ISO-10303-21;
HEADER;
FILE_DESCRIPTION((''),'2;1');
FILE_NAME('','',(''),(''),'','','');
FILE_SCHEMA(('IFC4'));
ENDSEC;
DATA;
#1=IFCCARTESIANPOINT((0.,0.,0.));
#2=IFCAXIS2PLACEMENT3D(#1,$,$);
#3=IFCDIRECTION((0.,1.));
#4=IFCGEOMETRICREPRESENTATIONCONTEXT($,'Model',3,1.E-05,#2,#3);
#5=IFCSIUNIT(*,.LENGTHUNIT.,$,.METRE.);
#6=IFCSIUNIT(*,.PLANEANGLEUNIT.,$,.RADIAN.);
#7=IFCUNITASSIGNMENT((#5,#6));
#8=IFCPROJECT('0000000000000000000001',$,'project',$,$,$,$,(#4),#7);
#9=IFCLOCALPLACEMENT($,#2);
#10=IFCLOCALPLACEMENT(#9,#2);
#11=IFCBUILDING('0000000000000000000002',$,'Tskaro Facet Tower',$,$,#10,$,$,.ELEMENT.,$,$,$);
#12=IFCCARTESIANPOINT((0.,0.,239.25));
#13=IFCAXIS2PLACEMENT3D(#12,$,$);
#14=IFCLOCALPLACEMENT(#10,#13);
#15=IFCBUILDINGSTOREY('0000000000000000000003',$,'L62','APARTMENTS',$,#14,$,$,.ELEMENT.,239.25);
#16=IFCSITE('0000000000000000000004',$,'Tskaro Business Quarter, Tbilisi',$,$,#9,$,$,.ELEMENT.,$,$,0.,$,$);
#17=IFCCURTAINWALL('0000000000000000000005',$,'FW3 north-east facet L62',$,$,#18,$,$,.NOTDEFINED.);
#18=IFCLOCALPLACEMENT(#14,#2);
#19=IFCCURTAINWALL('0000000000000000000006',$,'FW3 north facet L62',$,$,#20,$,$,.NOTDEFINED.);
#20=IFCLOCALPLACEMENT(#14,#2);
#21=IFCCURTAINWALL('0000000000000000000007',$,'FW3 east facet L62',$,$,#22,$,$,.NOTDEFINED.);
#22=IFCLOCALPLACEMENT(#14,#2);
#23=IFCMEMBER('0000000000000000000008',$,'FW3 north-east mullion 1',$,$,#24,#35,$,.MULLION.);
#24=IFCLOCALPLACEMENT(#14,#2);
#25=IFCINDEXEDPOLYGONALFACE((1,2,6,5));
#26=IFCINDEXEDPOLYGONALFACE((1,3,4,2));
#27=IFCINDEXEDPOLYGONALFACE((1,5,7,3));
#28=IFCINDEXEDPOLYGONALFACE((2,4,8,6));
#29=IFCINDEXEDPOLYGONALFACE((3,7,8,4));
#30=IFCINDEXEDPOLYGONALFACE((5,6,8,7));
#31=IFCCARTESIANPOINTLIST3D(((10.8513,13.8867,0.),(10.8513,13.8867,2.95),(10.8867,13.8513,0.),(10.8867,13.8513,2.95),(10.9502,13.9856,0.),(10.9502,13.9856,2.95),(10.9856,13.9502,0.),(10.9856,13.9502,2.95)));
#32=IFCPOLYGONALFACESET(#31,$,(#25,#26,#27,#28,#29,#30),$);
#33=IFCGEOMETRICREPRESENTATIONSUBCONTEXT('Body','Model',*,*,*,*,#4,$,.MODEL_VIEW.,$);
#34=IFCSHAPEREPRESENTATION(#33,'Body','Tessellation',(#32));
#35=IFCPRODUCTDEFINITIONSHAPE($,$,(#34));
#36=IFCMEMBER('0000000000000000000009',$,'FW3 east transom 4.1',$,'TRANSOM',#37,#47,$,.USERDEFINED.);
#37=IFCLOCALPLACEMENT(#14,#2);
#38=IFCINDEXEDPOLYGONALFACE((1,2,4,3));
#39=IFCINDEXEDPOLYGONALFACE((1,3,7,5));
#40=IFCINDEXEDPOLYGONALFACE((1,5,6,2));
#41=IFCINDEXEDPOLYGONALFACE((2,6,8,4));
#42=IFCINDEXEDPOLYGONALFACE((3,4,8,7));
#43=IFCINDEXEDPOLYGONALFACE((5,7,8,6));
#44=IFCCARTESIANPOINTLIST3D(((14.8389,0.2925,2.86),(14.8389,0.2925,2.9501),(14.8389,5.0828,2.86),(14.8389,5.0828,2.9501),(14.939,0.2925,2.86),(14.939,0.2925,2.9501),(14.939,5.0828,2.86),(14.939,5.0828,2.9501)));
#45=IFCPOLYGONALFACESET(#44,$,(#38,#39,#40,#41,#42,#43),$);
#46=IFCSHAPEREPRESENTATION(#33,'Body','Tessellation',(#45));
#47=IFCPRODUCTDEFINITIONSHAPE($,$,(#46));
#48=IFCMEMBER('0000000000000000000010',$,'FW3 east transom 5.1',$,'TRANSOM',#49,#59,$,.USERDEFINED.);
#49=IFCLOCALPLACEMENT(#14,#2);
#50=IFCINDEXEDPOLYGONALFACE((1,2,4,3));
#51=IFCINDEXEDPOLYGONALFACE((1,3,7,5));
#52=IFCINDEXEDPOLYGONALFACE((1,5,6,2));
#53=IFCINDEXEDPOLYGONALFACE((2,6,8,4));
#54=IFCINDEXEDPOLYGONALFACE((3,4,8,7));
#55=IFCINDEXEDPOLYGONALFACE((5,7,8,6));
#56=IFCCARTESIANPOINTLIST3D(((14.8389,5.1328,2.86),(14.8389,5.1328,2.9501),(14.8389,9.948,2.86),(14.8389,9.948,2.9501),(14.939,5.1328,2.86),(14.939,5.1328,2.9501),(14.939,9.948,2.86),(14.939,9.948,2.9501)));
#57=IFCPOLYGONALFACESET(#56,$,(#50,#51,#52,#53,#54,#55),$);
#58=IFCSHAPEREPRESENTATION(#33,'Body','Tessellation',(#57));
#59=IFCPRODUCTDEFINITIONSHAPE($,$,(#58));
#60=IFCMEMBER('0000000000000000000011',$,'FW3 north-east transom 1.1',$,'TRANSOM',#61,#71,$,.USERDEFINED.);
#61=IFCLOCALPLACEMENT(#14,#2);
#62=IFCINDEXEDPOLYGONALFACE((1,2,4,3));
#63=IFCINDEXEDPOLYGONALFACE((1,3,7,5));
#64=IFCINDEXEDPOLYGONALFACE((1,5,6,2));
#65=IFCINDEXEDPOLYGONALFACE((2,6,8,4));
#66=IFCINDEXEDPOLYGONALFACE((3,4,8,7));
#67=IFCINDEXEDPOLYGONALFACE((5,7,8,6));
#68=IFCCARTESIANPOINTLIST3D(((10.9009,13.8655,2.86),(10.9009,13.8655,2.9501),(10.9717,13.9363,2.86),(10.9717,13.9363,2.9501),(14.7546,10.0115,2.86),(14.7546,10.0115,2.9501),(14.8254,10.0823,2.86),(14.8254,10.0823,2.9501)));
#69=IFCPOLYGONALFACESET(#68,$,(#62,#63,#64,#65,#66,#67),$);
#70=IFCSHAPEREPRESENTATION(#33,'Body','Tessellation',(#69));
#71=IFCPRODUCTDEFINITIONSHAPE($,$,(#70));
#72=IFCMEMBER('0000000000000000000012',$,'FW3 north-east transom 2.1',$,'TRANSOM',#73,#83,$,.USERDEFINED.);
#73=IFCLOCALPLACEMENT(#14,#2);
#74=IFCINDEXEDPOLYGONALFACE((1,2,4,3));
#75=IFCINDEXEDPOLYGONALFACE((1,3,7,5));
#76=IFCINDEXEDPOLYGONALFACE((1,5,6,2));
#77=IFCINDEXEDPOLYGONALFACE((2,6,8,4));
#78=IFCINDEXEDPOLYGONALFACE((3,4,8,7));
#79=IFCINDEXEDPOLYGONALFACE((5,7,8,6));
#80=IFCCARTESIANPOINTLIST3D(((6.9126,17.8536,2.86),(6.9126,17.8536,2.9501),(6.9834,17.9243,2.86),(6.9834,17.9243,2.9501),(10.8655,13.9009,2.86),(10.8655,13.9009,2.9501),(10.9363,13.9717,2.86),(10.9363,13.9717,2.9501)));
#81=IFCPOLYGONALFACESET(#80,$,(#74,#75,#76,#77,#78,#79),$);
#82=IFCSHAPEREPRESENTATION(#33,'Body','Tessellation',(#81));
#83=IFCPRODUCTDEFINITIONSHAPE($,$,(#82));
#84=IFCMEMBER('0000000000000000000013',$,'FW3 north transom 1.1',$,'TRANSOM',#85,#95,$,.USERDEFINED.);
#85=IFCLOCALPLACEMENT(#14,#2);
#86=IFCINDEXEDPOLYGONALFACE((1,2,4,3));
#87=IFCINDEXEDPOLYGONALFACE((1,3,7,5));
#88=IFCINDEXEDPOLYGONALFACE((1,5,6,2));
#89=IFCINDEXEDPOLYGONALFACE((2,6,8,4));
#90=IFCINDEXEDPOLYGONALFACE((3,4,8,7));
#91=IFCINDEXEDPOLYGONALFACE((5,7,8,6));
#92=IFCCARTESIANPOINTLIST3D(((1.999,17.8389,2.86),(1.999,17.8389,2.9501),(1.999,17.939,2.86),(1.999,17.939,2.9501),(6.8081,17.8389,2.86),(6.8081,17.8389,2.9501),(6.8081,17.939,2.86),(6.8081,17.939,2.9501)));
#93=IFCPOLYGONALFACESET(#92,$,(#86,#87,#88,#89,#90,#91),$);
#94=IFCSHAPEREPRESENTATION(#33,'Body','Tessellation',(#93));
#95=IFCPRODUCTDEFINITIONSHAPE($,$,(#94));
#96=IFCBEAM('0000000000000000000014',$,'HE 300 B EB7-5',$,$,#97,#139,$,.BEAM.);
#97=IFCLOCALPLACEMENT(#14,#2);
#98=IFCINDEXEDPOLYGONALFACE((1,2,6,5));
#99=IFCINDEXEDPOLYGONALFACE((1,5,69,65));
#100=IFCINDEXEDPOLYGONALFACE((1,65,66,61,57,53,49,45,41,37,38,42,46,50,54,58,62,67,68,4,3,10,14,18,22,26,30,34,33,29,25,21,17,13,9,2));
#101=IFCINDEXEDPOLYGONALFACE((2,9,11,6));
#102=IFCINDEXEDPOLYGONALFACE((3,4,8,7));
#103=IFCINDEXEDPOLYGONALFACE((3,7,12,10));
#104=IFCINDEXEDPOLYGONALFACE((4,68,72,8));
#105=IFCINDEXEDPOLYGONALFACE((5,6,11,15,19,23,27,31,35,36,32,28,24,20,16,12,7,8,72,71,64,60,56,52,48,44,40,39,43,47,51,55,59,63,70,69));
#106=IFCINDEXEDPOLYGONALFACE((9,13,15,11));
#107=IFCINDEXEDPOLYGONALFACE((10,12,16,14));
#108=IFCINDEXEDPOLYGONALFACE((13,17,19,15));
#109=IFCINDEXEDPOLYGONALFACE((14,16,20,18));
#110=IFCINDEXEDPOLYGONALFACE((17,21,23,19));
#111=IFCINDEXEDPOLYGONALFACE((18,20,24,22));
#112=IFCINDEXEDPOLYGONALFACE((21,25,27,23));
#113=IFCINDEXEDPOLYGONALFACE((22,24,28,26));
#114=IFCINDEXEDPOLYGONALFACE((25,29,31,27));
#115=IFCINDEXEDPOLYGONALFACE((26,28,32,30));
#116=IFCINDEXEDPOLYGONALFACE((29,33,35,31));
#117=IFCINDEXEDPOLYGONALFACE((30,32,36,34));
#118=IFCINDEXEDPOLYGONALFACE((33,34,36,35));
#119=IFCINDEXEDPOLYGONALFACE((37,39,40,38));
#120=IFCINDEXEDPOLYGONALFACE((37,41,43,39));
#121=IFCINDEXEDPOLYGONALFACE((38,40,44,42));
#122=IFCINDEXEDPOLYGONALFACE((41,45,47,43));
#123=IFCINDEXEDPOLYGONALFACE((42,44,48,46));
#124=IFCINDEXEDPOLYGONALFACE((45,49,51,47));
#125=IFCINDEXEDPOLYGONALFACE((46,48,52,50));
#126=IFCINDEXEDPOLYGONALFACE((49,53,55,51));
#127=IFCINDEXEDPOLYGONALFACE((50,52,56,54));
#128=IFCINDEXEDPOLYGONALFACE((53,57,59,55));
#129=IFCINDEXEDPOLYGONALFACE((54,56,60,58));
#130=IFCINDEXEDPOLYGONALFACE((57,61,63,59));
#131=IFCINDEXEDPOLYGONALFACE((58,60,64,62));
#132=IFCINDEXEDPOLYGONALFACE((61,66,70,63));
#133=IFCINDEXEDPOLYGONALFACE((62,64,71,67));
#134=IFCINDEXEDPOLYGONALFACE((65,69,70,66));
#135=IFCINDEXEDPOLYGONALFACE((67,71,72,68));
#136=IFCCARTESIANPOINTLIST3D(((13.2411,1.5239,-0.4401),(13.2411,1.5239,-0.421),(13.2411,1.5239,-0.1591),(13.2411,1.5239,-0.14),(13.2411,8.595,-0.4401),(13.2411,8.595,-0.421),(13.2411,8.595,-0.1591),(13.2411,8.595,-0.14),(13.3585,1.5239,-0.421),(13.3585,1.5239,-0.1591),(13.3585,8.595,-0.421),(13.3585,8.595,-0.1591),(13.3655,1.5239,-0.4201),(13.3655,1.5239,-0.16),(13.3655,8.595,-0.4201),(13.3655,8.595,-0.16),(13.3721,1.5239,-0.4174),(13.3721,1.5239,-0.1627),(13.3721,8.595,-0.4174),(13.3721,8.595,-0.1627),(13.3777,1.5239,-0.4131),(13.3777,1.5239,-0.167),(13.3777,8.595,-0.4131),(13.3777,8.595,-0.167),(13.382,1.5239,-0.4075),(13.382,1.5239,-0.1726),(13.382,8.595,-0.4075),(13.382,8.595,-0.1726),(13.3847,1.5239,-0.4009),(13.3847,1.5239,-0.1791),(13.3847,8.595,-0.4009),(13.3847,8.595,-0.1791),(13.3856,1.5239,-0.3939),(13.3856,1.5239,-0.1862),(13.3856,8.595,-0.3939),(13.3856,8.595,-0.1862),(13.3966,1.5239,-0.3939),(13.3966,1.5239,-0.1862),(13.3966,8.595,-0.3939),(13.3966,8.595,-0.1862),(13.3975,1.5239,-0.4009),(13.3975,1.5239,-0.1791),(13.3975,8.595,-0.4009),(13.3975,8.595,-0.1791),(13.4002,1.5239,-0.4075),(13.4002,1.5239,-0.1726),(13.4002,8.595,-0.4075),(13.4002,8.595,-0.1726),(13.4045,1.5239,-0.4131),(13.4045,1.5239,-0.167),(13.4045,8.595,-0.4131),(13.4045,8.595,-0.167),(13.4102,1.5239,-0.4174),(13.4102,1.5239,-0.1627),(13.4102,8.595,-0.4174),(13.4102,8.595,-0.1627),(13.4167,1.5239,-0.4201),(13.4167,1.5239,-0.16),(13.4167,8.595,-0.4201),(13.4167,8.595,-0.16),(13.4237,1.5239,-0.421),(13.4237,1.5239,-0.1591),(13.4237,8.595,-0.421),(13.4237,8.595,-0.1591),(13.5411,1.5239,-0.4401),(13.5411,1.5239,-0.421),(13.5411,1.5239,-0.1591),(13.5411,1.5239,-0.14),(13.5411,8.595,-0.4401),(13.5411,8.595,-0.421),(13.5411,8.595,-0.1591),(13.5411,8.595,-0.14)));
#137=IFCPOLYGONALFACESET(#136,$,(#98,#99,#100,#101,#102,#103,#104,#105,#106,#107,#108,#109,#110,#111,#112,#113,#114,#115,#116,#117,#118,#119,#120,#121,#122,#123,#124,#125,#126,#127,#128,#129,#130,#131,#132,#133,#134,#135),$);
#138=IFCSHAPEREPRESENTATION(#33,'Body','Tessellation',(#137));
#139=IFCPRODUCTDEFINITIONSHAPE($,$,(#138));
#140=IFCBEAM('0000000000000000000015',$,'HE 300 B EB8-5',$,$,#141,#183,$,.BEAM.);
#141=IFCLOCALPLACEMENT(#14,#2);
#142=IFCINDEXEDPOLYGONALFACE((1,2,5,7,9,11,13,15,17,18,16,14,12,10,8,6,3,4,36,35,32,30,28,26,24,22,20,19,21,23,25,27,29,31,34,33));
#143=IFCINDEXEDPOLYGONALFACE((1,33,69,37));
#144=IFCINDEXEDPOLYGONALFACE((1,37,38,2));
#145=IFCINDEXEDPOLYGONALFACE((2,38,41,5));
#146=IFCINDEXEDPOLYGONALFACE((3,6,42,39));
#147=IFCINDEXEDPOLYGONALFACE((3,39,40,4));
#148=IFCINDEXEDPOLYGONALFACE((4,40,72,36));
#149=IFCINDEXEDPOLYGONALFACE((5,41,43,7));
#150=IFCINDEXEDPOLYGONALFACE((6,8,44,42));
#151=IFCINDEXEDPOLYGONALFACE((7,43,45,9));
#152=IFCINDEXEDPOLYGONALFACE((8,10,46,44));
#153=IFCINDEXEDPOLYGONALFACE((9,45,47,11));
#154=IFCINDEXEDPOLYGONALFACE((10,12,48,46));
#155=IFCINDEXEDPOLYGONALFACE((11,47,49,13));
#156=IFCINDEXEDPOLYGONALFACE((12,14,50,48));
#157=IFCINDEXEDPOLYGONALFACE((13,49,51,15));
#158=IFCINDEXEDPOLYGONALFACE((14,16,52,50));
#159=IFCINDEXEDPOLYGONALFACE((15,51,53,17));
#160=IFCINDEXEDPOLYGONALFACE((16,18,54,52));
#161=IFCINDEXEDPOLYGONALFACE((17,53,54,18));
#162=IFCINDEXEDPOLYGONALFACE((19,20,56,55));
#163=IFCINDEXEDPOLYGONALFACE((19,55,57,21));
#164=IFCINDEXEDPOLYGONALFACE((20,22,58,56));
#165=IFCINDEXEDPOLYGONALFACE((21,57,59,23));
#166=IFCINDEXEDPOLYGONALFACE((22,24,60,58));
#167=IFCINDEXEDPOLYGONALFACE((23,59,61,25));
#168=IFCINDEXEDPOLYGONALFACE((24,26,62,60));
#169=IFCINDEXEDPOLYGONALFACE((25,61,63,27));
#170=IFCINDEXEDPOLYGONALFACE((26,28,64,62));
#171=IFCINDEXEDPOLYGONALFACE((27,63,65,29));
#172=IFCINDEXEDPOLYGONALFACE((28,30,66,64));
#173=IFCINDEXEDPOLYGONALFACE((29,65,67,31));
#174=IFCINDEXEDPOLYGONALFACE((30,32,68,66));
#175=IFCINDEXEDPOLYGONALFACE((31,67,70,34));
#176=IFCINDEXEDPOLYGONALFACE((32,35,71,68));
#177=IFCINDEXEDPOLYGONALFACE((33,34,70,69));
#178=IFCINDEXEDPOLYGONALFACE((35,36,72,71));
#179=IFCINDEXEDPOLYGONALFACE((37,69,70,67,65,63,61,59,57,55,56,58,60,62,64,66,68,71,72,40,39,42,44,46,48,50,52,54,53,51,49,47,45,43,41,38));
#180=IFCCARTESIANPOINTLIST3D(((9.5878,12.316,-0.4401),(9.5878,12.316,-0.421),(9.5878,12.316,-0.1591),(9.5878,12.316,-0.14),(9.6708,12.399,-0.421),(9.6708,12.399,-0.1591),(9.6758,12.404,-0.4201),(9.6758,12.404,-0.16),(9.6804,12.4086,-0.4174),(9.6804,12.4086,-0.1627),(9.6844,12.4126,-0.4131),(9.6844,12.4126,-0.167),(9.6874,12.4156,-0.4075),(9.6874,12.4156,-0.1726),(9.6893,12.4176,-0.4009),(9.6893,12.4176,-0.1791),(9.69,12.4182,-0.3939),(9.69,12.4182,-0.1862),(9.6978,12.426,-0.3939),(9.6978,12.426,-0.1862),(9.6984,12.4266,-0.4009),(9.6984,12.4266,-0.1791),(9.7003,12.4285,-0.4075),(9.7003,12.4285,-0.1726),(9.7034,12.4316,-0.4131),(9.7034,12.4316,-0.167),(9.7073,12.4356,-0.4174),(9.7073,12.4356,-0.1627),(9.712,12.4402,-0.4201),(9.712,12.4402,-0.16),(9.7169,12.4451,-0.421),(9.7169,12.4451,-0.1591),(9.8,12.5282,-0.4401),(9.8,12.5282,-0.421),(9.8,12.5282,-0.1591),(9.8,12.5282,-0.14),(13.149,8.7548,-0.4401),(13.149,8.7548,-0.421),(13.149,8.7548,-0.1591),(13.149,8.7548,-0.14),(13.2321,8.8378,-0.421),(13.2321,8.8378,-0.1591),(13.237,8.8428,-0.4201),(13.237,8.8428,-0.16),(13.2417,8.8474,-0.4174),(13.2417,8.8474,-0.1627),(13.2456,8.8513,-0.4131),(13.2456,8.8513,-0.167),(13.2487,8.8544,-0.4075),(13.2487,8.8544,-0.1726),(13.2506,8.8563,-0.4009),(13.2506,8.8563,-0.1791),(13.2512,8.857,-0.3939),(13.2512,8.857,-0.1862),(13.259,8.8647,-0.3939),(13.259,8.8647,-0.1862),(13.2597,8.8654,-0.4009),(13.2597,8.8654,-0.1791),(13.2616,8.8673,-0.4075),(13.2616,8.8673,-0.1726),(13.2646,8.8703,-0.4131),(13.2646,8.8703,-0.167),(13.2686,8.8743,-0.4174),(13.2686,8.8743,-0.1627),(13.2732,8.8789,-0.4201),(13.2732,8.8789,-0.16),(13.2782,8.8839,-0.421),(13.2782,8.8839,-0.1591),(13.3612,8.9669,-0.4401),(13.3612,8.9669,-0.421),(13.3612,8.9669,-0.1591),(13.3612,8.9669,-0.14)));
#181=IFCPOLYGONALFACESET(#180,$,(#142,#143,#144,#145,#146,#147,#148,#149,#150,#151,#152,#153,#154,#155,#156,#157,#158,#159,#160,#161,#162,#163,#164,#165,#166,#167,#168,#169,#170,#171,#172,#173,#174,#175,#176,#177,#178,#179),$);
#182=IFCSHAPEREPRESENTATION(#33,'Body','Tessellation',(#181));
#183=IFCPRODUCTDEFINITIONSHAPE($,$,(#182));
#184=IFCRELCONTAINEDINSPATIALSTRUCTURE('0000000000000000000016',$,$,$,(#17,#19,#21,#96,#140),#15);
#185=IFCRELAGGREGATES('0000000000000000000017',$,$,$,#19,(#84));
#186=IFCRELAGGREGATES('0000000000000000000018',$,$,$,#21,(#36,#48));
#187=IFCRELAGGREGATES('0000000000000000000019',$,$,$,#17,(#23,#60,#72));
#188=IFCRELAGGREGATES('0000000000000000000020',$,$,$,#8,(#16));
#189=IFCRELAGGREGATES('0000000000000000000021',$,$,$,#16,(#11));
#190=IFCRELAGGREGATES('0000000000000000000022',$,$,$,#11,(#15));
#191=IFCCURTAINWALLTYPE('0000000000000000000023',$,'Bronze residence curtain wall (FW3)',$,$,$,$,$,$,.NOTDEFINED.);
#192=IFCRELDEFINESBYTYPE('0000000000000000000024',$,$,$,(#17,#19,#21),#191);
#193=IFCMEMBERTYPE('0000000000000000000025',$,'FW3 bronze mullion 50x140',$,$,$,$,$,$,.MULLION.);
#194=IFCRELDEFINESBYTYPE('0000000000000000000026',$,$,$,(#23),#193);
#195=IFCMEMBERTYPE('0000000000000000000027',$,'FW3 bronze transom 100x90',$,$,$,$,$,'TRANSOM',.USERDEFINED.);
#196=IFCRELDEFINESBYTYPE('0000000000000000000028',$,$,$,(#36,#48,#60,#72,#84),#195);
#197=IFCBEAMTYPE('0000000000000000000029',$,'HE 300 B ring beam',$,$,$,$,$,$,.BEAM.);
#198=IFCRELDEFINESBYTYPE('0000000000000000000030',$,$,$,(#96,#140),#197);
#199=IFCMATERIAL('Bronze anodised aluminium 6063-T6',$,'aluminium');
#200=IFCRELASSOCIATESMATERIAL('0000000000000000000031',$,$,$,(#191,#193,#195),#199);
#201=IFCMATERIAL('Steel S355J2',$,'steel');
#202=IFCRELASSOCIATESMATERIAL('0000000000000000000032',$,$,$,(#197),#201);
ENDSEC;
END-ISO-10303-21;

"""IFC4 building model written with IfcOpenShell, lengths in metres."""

from ifc_helpers import new_model, si_unit, direction, frame, origin, origin_2d, place, context, subcontext, project, spatial, rectangle, i_section, extrude, material, material_profile, profile_set, type_object, element, aggregate, save


model = new_model("IFC4")

# Units and contexts
model_context = context("Model", 3, precision=1e-05, world=origin(), true_north=direction((0.0, 1.0)))
body_context = subcontext(model_context, "Body", "Model", "MODEL_VIEW")
ifc_project = project(units=[si_unit("LENGTHUNIT", "METRE"), si_unit("PLANEANGLEUNIT", "RADIAN")], contexts=[model_context])

# Site, building, storey
site_placement = place(None, origin())
site = spatial("IfcSite", under=ifc_project, at=site_placement, Name="Tskaro Business Quarter, Tbilisi", CompositionType="ELEMENT", RefElevation=0.0)
building_placement = place(site_placement, origin())
building = spatial("IfcBuilding", under=site, at=building_placement, Name="Tskaro Facet Tower", CompositionType="ELEMENT")
storey_placement = place(building_placement, frame((0.0, 0.0, 239.25)))
storey = spatial("IfcBuildingStorey", under=building, at=storey_placement, Name="L62", Description="APARTMENTS", CompositionType="ELEMENT", Elevation=239.25)

# Shared definitions
ifc_material_1 = material(Name="Steel S355J2", Category="steel")

# Curtain walls
ifc_material_2 = material(Name="Bronze anodised aluminium 6063-T6", Category="aluminium")
curtain_wall_type = type_object("IfcCurtainWallType", Name="Bronze residence curtain wall (FW3)", PredefinedType="NOTDEFINED", material=ifc_material_2)
curtain_wall_1_placement = place(storey_placement, origin())
curtain_wall_1 = element("IfcCurtainWall", 1, at=curtain_wall_1_placement, inside=storey, type_object=curtain_wall_type, Name="FW3 north-east facet L62", PredefinedType="NOTDEFINED")
curtain_wall_2_placement = place(storey_placement, origin())
curtain_wall_2 = element("IfcCurtainWall", 2, at=curtain_wall_2_placement, inside=storey, type_object=curtain_wall_type, Name="FW3 north facet L62", PredefinedType="NOTDEFINED")

# Curtain wall
curtain_wall_3_placement = place(storey_placement, origin())
curtain_wall_3 = element("IfcCurtainWall", 3, at=curtain_wall_3_placement, inside=storey, type_object=curtain_wall_type, Name="FW3 east facet L62", PredefinedType="NOTDEFINED")
ifc_material_profile_1 = material_profile(ifc_material_2, rectangle(XDim=0.05, YDim=0.1399, at=origin_2d()), Name="Mullion 50x140")
ifc_profile_set_1 = profile_set([ifc_material_profile_1], Name="Bronze anodised aluminium 6063-T6")
member_type_1 = type_object("IfcMemberType", Name="FW3 bronze mullion 50x140", PredefinedType="MULLION", material=ifc_profile_set_1)

# Members
member_1_placement = place(storey_placement, frame((10.9185, 13.9185, 0.0), z_axis=(0.0, 0.0, 1.0), x_axis=(-0.707107, 0.707107, 0.0)))
member_1 = element("IfcMember", 4, at=member_1_placement, type_object=member_type_1, Name="FW3 north-east mullion 1", PredefinedType="MULLION", context=body_context, shape_type="SweptSolid", body=[
    extrude(rectangle(XDim=0.05, YDim=0.1399, at=origin_2d()), origin(), (0.0, 0.0, 1.0), 2.95),
])
ifc_material_profile_2 = material_profile(ifc_material_2, rectangle(XDim=0.1001, YDim=0.0901, at=origin_2d()), Name="Transom 100x90")
ifc_profile_set_2 = profile_set([ifc_material_profile_2], Name="Bronze anodised aluminium 6063-T6")
member_type_2 = type_object("IfcMemberType", Name="FW3 bronze transom 100x90", ElementType="TRANSOM", PredefinedType="USERDEFINED", material=ifc_profile_set_2)
member_2_placement = place(storey_placement, frame((14.8889, 0.2925, 2.905), z_axis=(0.0, 1.0, 0.0), x_axis=(-1.0, 0.0, 0.0)))
member_2 = element("IfcMember", 5, at=member_2_placement, type_object=member_type_2, Name="FW3 east transom 4.1", ObjectType="TRANSOM", PredefinedType="USERDEFINED", context=body_context, shape_type="SweptSolid", body=[
    extrude(rectangle(XDim=0.1001, YDim=0.0901, at=origin_2d()), origin(), (0.0, 0.0, 1.0), 4.7903),
])
member_3_placement = place(storey_placement, frame((14.8889, 5.1328, 2.905), z_axis=(0.0, 1.0, 0.0), x_axis=(-1.0, 0.0, 0.0)))
member_3 = element("IfcMember", 6, at=member_3_placement, type_object=member_type_2, Name="FW3 east transom 5.1", ObjectType="TRANSOM", PredefinedType="USERDEFINED", context=body_context, shape_type="SweptSolid", body=[
    extrude(rectangle(XDim=0.1001, YDim=0.0901, at=origin_2d()), origin(), (0.0, 0.0, 1.0), 4.8152),
])
member_4_placement = place(storey_placement, frame((14.79, 10.0469, 2.905), z_axis=(-0.707084, 0.707129, 0.0), x_axis=(-0.707129, -0.707084, 0.0)))
member_4 = element("IfcMember", 7, at=member_4_placement, type_object=member_type_2, Name="FW3 north-east transom 1.1", ObjectType="TRANSOM", PredefinedType="USERDEFINED", context=body_context, shape_type="SweptSolid", body=[
    extrude(rectangle(XDim=0.1001, YDim=0.0901, at=origin_2d()), origin(), (0.0, 0.0, 1.0), 5.4502),
])
member_5_placement = place(storey_placement, frame((10.9009, 13.9363, 2.905), z_axis=(-0.707129, 0.707085, 0.0), x_axis=(-0.707085, -0.707129, 0.0)))
member_5 = element("IfcMember", 8, at=member_5_placement, type_object=member_type_2, Name="FW3 north-east transom 2.1", ObjectType="TRANSOM", PredefinedType="USERDEFINED", context=body_context, shape_type="SweptSolid", body=[
    extrude(rectangle(XDim=0.1001, YDim=0.0901, at=origin_2d()), origin(), (0.0, 0.0, 1.0), 5.5901),
])
member_6_placement = place(storey_placement, frame((6.8081, 17.8889, 2.905), z_axis=(-1.0, 0.0, 0.0), x_axis=(0.0, -1.0, 0.0)))
member_6 = element("IfcMember", 9, at=member_6_placement, type_object=member_type_2, Name="FW3 north transom 1.1", ObjectType="TRANSOM", PredefinedType="USERDEFINED", context=body_context, shape_type="SweptSolid", body=[
    extrude(rectangle(XDim=0.1001, YDim=0.0901, at=origin_2d()), origin(), (0.0, 0.0, 1.0), 4.8091),
])
aggregate(curtain_wall_2, [member_6])

# Beams
ifc_material_profile_3 = material_profile(ifc_material_1, i_section(OverallWidth=0.3, OverallDepth=0.3, WebThickness=0.011, FlangeThickness=0.019, FilletRadius=0.0271, at=origin_2d()), Name="HE 300 B")
ifc_profile_set_3 = profile_set([ifc_material_profile_3], Name="Steel S355J2")
beam_type = type_object("IfcBeamType", Name="HE 300 B ring beam", PredefinedType="BEAM", material=ifc_profile_set_3)
beam_placement = place(storey_placement, frame((13.3911, 1.5239, -0.29), z_axis=(0.0, 1.0, 0.0), x_axis=(-1.0, 0.0, 0.0)))
element("IfcBeam", 10, at=beam_placement, inside=storey, type_object=beam_type, Name="HE 300 B EB7-5", PredefinedType="BEAM", context=body_context, shape_type="SweptSolid", body=[
    extrude(i_section(OverallWidth=0.3, OverallDepth=0.3, WebThickness=0.011, FlangeThickness=0.019, FilletRadius=0.0271, at=origin_2d()), origin(), (0.0, 0.0, 1.0), 7.071),
])
for number, where, z_axis, x_axis, name in (
    (11, (13.2551, 8.8608, -0.29), (-0.707107, 0.707107, 0.0), (-0.707107, -0.707107, 0.0), "HE 300 B EB8-5"),
):
    element("IfcBeam", number, at=place(storey_placement, frame(where, z_axis=z_axis, x_axis=x_axis)), inside=storey, type_object=beam_type, Name=name, PredefinedType="BEAM", context=body_context, shape_type="SweptSolid", body=[
        extrude(i_section(OverallWidth=0.3, OverallDepth=0.3, WebThickness=0.011, FlangeThickness=0.019, FilletRadius=0.0271, at=origin_2d()), origin(), (0.0, 0.0, 1.0), 5.0364),
    ])

aggregate(curtain_wall_3, [member_2, member_3])
aggregate(curtain_wall_1, [member_1, member_4, member_5])

save(model, "model.ifc")
